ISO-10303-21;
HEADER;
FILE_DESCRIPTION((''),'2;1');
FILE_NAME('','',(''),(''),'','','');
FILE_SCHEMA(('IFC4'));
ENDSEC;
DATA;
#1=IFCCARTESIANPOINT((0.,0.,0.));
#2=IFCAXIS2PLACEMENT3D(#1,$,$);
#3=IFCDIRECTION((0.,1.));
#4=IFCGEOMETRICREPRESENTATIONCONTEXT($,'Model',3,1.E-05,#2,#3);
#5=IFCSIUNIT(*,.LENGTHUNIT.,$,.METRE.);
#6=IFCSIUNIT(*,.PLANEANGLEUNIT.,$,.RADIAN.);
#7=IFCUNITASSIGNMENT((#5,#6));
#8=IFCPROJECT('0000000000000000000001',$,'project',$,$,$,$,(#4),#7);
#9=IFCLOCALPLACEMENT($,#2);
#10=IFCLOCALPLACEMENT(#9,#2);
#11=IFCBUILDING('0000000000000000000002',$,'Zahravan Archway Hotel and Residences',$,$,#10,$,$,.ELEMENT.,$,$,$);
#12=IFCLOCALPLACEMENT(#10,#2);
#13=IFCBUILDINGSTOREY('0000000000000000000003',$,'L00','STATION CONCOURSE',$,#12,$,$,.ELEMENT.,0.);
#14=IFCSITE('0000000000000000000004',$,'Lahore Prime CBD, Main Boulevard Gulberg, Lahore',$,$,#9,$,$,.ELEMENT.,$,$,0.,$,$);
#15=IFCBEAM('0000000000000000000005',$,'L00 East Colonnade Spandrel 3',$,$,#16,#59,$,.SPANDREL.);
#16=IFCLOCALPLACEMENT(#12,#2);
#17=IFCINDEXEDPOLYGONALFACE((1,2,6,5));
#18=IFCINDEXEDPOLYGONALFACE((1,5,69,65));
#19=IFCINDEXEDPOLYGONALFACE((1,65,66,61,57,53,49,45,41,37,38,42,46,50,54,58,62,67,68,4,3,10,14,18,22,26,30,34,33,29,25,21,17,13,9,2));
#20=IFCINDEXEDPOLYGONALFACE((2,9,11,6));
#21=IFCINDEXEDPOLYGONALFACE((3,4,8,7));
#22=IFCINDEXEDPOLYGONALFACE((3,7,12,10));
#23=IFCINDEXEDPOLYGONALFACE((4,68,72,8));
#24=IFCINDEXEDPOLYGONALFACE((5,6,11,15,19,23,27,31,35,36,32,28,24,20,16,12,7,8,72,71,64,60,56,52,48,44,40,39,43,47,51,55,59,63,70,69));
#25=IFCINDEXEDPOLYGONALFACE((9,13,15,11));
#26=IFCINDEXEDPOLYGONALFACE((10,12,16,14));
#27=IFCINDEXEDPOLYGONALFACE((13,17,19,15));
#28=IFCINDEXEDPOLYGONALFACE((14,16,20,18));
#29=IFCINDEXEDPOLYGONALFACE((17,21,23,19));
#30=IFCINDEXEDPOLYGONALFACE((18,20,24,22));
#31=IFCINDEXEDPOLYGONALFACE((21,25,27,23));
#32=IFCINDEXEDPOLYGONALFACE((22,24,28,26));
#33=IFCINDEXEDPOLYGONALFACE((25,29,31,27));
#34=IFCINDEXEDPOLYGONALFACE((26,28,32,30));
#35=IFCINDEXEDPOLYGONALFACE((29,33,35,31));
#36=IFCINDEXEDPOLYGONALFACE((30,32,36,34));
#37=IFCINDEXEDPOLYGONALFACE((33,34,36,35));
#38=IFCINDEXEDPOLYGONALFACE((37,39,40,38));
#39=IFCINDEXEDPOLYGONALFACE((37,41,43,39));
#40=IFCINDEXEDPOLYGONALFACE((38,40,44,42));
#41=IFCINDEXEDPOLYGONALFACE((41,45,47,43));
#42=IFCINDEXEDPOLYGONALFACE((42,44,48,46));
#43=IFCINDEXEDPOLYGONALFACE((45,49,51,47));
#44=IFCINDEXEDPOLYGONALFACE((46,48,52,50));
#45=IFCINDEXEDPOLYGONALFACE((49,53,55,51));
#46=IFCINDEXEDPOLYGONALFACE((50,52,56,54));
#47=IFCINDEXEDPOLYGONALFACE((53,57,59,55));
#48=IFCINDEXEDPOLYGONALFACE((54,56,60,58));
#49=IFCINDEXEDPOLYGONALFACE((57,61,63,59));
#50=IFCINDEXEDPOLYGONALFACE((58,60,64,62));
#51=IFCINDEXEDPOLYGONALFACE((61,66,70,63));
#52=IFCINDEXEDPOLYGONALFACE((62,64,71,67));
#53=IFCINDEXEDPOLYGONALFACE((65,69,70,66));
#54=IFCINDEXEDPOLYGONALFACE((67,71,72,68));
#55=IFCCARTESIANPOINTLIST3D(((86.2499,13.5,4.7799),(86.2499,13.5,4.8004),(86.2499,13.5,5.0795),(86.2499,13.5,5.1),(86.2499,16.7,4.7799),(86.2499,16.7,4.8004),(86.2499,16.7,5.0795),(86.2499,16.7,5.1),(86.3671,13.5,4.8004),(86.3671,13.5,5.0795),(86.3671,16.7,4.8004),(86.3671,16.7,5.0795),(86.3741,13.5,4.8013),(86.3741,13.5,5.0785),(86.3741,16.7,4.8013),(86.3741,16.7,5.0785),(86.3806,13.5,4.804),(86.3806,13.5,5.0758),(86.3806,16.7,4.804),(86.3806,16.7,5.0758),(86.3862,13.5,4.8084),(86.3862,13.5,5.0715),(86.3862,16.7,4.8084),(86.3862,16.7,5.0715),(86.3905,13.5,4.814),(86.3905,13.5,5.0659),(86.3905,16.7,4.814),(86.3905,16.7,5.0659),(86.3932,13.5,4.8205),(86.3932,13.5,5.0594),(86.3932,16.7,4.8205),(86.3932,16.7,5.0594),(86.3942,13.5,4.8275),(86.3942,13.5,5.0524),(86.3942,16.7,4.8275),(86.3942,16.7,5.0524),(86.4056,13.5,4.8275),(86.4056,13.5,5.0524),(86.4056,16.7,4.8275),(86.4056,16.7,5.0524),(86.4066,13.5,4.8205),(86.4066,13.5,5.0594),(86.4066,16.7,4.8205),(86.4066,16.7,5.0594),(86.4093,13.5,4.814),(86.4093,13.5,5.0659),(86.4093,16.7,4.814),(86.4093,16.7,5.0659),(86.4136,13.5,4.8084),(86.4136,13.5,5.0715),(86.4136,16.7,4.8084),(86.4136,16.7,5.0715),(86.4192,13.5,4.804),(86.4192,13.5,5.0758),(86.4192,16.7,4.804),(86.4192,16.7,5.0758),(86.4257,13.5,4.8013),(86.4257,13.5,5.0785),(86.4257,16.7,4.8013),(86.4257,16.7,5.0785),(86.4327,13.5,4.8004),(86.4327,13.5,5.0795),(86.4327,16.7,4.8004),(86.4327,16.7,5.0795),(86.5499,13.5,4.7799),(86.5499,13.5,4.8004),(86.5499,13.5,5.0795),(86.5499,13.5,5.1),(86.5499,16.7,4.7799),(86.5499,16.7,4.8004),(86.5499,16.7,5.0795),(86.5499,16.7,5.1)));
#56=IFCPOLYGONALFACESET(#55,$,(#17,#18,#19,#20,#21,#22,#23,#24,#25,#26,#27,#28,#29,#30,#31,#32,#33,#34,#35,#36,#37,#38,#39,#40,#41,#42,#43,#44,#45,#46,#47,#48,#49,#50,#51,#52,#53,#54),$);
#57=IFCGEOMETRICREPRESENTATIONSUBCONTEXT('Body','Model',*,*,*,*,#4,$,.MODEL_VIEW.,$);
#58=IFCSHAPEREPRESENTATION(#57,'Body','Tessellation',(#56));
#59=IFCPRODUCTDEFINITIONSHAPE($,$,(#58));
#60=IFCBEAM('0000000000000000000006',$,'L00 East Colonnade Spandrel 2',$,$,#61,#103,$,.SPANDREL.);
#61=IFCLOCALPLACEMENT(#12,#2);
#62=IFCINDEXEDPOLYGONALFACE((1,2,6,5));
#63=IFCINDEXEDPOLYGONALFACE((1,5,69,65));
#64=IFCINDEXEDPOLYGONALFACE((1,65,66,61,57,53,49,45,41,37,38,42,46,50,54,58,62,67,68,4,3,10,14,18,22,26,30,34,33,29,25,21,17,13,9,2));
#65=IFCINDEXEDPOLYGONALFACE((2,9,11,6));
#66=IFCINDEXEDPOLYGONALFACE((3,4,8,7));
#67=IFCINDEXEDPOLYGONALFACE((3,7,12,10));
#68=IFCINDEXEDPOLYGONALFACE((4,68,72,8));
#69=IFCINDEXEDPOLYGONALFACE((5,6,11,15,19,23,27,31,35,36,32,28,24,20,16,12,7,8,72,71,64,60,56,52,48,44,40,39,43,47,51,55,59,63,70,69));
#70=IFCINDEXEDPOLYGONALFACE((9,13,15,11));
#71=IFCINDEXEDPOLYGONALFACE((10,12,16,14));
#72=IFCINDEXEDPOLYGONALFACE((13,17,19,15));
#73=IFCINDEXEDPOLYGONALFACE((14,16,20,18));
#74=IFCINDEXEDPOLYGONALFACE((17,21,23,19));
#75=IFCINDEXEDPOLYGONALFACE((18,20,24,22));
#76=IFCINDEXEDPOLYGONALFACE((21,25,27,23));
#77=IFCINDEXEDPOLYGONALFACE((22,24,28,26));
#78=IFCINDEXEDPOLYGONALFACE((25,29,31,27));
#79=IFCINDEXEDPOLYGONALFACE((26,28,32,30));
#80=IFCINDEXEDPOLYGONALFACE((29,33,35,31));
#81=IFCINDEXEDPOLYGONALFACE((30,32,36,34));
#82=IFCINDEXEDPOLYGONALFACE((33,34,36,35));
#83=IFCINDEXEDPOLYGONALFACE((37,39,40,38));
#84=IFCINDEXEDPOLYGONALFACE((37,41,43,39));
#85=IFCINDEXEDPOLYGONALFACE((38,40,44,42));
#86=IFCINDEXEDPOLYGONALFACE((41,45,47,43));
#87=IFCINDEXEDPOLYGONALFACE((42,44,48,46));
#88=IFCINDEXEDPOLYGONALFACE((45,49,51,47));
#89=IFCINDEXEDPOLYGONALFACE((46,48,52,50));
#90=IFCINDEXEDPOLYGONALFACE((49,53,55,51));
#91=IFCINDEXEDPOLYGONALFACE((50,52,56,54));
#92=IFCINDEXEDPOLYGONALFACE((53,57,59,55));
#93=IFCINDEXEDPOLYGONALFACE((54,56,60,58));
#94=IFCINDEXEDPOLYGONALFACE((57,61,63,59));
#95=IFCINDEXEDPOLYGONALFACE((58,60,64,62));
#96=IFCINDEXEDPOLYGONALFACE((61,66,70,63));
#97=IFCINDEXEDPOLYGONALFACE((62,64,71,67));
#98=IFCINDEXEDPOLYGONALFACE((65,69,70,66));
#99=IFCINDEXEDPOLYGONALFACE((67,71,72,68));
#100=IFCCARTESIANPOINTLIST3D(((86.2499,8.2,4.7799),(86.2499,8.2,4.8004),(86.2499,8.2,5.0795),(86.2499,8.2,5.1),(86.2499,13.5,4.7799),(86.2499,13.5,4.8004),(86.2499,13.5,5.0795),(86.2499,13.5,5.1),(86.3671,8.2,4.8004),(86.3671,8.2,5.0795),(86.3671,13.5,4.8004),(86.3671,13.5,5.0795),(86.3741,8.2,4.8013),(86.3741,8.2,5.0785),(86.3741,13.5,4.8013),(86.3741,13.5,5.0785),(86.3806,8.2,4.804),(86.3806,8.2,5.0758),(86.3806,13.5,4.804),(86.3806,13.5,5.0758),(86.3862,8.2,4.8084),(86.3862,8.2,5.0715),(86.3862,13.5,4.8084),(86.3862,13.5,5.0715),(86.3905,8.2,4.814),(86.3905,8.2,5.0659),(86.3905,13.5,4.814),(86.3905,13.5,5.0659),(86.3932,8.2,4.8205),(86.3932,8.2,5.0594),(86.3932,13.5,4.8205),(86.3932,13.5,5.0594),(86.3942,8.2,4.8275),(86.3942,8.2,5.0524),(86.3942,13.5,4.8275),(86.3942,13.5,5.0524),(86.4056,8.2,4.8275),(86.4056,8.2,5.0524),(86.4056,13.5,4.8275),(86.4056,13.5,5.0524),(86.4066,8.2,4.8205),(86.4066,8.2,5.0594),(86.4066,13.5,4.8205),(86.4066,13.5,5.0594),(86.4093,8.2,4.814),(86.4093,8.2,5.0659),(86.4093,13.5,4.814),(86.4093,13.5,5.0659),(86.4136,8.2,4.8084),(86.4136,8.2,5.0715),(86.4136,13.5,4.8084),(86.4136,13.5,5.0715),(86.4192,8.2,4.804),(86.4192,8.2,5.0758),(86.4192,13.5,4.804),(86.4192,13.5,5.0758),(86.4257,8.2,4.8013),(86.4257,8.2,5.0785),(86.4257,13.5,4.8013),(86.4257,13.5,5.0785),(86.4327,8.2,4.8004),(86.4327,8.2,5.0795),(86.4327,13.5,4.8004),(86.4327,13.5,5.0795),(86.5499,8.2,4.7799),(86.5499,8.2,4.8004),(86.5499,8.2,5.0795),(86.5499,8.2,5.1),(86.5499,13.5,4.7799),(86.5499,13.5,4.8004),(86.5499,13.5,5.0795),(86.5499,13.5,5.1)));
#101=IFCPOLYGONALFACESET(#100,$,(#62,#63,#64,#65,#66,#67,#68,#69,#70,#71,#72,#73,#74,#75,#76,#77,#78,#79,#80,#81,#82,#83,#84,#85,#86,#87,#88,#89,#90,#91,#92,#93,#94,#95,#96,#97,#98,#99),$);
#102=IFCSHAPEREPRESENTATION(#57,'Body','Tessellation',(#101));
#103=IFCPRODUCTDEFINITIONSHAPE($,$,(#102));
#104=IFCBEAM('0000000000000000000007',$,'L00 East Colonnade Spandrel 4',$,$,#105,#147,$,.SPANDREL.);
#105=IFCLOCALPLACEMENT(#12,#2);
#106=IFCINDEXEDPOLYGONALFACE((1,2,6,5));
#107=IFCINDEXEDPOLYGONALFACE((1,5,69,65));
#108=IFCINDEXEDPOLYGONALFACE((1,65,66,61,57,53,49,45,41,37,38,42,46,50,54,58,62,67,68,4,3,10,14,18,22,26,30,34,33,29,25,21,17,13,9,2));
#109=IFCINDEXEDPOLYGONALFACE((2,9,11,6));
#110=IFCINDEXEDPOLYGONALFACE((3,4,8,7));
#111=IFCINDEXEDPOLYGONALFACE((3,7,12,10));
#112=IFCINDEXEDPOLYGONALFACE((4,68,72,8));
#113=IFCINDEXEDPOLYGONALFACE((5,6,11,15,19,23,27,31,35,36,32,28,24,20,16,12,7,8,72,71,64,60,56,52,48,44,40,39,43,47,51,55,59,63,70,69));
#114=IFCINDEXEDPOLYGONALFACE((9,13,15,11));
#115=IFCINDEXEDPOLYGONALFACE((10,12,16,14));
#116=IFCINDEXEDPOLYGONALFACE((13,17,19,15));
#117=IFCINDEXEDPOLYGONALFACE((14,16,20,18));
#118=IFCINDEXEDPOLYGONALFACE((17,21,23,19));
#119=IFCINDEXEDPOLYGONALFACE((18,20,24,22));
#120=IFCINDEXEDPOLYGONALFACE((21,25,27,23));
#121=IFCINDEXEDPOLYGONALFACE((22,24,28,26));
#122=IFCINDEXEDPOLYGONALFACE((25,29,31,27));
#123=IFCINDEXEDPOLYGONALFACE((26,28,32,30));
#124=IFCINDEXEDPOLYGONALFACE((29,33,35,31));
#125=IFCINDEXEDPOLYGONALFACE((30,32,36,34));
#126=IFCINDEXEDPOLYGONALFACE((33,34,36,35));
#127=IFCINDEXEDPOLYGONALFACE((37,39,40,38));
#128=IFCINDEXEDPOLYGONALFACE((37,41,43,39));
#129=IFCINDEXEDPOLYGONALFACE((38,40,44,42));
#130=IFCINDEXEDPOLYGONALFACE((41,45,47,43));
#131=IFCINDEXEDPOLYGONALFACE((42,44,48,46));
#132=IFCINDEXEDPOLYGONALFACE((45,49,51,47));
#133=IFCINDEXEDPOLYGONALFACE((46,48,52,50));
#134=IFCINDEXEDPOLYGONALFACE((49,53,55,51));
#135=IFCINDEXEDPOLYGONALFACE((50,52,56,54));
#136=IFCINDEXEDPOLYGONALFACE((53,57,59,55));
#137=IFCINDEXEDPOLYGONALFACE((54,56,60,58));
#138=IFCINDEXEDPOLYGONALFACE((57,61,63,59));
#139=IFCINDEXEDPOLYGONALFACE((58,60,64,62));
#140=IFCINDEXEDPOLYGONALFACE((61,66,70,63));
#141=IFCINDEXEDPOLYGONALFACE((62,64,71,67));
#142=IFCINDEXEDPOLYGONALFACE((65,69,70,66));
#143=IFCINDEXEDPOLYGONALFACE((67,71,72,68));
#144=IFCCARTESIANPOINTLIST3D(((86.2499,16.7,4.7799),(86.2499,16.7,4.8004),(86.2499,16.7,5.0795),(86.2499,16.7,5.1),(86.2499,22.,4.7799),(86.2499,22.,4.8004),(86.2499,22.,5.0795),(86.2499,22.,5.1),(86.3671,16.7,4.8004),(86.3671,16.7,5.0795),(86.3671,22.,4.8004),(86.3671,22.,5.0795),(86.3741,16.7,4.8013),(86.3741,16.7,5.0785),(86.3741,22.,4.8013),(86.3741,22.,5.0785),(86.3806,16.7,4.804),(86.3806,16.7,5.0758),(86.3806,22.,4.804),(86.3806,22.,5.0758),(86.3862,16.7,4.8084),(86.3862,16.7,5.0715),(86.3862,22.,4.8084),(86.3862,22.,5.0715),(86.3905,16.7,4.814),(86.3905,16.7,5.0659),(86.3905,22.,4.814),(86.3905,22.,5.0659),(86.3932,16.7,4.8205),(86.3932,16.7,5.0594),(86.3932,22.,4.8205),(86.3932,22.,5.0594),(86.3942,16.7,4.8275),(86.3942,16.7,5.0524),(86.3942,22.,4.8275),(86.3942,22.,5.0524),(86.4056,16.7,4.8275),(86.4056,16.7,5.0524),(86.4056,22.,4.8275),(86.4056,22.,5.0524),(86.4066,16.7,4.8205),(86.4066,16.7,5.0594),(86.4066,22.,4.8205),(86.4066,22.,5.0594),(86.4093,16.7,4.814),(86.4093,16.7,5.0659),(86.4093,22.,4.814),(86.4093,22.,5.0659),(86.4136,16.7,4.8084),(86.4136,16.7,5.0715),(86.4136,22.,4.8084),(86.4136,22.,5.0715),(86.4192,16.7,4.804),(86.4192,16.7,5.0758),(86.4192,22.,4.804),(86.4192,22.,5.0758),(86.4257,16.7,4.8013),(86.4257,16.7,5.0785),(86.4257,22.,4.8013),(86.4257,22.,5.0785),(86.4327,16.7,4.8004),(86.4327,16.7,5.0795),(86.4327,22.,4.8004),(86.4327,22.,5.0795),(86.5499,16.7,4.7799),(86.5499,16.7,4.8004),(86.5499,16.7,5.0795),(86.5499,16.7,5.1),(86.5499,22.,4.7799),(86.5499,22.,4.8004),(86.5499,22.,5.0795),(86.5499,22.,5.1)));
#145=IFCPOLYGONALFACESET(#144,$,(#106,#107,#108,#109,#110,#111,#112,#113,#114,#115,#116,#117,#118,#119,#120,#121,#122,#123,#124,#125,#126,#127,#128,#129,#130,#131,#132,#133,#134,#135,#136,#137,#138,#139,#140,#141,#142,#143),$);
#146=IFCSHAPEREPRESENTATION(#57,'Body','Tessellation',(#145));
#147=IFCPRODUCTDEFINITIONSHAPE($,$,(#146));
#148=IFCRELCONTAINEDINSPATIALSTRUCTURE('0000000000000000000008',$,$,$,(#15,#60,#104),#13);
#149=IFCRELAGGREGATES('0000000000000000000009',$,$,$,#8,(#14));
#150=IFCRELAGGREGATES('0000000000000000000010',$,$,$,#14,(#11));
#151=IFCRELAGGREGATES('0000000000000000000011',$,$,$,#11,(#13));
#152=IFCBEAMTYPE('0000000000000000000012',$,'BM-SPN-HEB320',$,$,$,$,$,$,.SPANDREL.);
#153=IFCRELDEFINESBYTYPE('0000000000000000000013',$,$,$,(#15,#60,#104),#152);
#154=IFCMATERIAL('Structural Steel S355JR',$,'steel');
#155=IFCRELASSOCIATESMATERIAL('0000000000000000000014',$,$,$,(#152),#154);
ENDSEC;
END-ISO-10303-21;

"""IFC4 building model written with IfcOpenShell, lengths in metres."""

from ifc_helpers import new_model, si_unit, direction, frame, origin, origin_2d, place, context, subcontext, project, spatial, i_section, extrude, source, transform, mapped, material, material_profile, profile_set, type_object, element, save


model = new_model("IFC4")

# Units and contexts
model_context = context("Model", 3, precision=1e-05, world=origin(), true_north=direction((0.0, 1.0)))
body_context = subcontext(model_context, "Body", "Model", "MODEL_VIEW")
ifc_project = project(units=[si_unit("LENGTHUNIT", "METRE"), si_unit("PLANEANGLEUNIT", "RADIAN")], contexts=[model_context])

# Site, building, storey
site_placement = place(None, origin())
site = spatial("IfcSite", under=ifc_project, at=site_placement, Name="Lahore Prime CBD, Main Boulevard Gulberg, Lahore", CompositionType="ELEMENT", RefElevation=0.0)
building_placement = place(site_placement, origin())
building = spatial("IfcBuilding", under=site, at=building_placement, Name="Zahravan Archway Hotel and Residences", CompositionType="ELEMENT")
storey_placement = place(building_placement, origin())
storey = spatial("IfcBuildingStorey", under=building, at=storey_placement, Name="L00", Description="STATION CONCOURSE", CompositionType="ELEMENT", Elevation=0.0)

# Beams
ifc_material_1 = material(Name="Structural Steel S355JR", Category="steel")
ifc_material_profile_1 = material_profile(ifc_material_1, i_section(OverallWidth=0.3, OverallDepth=0.3201, WebThickness=0.0115, FlangeThickness=0.0205, FilletRadius=0.0271, at=origin_2d()), Name="HEB 320", Category="steel")
ifc_profile_set_1 = profile_set([ifc_material_profile_1], Name="Structural Steel S355JR")
beam_type_1 = type_object("IfcBeamType", Name="BM-SPN-HEB320", PredefinedType="SPANDREL", material=ifc_profile_set_1)
shared_shape_1 = source(origin(), body_context, "Body", "SweptSolid", [
    extrude(i_section(OverallWidth=0.3, OverallDepth=0.3201, WebThickness=0.0115, FlangeThickness=0.0205, FilletRadius=0.0271, at=origin_2d()), origin(), (0.0, 0.0, 1.0), 3.2),
])
for number, where, z_axis, x_axis, name in (
    (1, (86.3999, 13.5, 4.9399), (0.0, 1.0, 0.0), (-1.0, 0.0, 0.0), "L00 East Colonnade Spandrel 3"),
):
    element("IfcBeam", number, at=place(storey_placement, frame(where, z_axis=z_axis, x_axis=x_axis)), inside=storey, type_object=beam_type_1, Name=name, PredefinedType="SPANDREL", context=body_context, shape_type="MappedRepresentation", body=[
        mapped(shared_shape_1, transform((0.0, 0.0, 0.0), scale=1.0)),
    ])
shared_shape_2 = source(origin(), body_context, "Body", "SweptSolid", [
    extrude(i_section(OverallWidth=0.3, OverallDepth=0.3201, WebThickness=0.0115, FlangeThickness=0.0205, FilletRadius=0.0271, at=origin_2d()), origin(), (0.0, 0.0, 1.0), 5.3),
])
for number, where, z_axis, x_axis, name in (
    (2, (86.3999, 8.2, 4.9399), (0.0, 1.0, 0.0), (-1.0, 0.0, 0.0), "L00 East Colonnade Spandrel 2"),
    (3, (86.3999, 16.7, 4.9399), (0.0, 1.0, 0.0), (-1.0, 0.0, 0.0), "L00 East Colonnade Spandrel 4"),
):
    element("IfcBeam", number, at=place(storey_placement, frame(where, z_axis=z_axis, x_axis=x_axis)), inside=storey, type_object=beam_type_1, Name=name, PredefinedType="SPANDREL", context=body_context, shape_type="MappedRepresentation", body=[
        mapped(shared_shape_2, transform((0.0, 0.0, 0.0), scale=1.0)),
    ])

save(model, "model.ifc")
